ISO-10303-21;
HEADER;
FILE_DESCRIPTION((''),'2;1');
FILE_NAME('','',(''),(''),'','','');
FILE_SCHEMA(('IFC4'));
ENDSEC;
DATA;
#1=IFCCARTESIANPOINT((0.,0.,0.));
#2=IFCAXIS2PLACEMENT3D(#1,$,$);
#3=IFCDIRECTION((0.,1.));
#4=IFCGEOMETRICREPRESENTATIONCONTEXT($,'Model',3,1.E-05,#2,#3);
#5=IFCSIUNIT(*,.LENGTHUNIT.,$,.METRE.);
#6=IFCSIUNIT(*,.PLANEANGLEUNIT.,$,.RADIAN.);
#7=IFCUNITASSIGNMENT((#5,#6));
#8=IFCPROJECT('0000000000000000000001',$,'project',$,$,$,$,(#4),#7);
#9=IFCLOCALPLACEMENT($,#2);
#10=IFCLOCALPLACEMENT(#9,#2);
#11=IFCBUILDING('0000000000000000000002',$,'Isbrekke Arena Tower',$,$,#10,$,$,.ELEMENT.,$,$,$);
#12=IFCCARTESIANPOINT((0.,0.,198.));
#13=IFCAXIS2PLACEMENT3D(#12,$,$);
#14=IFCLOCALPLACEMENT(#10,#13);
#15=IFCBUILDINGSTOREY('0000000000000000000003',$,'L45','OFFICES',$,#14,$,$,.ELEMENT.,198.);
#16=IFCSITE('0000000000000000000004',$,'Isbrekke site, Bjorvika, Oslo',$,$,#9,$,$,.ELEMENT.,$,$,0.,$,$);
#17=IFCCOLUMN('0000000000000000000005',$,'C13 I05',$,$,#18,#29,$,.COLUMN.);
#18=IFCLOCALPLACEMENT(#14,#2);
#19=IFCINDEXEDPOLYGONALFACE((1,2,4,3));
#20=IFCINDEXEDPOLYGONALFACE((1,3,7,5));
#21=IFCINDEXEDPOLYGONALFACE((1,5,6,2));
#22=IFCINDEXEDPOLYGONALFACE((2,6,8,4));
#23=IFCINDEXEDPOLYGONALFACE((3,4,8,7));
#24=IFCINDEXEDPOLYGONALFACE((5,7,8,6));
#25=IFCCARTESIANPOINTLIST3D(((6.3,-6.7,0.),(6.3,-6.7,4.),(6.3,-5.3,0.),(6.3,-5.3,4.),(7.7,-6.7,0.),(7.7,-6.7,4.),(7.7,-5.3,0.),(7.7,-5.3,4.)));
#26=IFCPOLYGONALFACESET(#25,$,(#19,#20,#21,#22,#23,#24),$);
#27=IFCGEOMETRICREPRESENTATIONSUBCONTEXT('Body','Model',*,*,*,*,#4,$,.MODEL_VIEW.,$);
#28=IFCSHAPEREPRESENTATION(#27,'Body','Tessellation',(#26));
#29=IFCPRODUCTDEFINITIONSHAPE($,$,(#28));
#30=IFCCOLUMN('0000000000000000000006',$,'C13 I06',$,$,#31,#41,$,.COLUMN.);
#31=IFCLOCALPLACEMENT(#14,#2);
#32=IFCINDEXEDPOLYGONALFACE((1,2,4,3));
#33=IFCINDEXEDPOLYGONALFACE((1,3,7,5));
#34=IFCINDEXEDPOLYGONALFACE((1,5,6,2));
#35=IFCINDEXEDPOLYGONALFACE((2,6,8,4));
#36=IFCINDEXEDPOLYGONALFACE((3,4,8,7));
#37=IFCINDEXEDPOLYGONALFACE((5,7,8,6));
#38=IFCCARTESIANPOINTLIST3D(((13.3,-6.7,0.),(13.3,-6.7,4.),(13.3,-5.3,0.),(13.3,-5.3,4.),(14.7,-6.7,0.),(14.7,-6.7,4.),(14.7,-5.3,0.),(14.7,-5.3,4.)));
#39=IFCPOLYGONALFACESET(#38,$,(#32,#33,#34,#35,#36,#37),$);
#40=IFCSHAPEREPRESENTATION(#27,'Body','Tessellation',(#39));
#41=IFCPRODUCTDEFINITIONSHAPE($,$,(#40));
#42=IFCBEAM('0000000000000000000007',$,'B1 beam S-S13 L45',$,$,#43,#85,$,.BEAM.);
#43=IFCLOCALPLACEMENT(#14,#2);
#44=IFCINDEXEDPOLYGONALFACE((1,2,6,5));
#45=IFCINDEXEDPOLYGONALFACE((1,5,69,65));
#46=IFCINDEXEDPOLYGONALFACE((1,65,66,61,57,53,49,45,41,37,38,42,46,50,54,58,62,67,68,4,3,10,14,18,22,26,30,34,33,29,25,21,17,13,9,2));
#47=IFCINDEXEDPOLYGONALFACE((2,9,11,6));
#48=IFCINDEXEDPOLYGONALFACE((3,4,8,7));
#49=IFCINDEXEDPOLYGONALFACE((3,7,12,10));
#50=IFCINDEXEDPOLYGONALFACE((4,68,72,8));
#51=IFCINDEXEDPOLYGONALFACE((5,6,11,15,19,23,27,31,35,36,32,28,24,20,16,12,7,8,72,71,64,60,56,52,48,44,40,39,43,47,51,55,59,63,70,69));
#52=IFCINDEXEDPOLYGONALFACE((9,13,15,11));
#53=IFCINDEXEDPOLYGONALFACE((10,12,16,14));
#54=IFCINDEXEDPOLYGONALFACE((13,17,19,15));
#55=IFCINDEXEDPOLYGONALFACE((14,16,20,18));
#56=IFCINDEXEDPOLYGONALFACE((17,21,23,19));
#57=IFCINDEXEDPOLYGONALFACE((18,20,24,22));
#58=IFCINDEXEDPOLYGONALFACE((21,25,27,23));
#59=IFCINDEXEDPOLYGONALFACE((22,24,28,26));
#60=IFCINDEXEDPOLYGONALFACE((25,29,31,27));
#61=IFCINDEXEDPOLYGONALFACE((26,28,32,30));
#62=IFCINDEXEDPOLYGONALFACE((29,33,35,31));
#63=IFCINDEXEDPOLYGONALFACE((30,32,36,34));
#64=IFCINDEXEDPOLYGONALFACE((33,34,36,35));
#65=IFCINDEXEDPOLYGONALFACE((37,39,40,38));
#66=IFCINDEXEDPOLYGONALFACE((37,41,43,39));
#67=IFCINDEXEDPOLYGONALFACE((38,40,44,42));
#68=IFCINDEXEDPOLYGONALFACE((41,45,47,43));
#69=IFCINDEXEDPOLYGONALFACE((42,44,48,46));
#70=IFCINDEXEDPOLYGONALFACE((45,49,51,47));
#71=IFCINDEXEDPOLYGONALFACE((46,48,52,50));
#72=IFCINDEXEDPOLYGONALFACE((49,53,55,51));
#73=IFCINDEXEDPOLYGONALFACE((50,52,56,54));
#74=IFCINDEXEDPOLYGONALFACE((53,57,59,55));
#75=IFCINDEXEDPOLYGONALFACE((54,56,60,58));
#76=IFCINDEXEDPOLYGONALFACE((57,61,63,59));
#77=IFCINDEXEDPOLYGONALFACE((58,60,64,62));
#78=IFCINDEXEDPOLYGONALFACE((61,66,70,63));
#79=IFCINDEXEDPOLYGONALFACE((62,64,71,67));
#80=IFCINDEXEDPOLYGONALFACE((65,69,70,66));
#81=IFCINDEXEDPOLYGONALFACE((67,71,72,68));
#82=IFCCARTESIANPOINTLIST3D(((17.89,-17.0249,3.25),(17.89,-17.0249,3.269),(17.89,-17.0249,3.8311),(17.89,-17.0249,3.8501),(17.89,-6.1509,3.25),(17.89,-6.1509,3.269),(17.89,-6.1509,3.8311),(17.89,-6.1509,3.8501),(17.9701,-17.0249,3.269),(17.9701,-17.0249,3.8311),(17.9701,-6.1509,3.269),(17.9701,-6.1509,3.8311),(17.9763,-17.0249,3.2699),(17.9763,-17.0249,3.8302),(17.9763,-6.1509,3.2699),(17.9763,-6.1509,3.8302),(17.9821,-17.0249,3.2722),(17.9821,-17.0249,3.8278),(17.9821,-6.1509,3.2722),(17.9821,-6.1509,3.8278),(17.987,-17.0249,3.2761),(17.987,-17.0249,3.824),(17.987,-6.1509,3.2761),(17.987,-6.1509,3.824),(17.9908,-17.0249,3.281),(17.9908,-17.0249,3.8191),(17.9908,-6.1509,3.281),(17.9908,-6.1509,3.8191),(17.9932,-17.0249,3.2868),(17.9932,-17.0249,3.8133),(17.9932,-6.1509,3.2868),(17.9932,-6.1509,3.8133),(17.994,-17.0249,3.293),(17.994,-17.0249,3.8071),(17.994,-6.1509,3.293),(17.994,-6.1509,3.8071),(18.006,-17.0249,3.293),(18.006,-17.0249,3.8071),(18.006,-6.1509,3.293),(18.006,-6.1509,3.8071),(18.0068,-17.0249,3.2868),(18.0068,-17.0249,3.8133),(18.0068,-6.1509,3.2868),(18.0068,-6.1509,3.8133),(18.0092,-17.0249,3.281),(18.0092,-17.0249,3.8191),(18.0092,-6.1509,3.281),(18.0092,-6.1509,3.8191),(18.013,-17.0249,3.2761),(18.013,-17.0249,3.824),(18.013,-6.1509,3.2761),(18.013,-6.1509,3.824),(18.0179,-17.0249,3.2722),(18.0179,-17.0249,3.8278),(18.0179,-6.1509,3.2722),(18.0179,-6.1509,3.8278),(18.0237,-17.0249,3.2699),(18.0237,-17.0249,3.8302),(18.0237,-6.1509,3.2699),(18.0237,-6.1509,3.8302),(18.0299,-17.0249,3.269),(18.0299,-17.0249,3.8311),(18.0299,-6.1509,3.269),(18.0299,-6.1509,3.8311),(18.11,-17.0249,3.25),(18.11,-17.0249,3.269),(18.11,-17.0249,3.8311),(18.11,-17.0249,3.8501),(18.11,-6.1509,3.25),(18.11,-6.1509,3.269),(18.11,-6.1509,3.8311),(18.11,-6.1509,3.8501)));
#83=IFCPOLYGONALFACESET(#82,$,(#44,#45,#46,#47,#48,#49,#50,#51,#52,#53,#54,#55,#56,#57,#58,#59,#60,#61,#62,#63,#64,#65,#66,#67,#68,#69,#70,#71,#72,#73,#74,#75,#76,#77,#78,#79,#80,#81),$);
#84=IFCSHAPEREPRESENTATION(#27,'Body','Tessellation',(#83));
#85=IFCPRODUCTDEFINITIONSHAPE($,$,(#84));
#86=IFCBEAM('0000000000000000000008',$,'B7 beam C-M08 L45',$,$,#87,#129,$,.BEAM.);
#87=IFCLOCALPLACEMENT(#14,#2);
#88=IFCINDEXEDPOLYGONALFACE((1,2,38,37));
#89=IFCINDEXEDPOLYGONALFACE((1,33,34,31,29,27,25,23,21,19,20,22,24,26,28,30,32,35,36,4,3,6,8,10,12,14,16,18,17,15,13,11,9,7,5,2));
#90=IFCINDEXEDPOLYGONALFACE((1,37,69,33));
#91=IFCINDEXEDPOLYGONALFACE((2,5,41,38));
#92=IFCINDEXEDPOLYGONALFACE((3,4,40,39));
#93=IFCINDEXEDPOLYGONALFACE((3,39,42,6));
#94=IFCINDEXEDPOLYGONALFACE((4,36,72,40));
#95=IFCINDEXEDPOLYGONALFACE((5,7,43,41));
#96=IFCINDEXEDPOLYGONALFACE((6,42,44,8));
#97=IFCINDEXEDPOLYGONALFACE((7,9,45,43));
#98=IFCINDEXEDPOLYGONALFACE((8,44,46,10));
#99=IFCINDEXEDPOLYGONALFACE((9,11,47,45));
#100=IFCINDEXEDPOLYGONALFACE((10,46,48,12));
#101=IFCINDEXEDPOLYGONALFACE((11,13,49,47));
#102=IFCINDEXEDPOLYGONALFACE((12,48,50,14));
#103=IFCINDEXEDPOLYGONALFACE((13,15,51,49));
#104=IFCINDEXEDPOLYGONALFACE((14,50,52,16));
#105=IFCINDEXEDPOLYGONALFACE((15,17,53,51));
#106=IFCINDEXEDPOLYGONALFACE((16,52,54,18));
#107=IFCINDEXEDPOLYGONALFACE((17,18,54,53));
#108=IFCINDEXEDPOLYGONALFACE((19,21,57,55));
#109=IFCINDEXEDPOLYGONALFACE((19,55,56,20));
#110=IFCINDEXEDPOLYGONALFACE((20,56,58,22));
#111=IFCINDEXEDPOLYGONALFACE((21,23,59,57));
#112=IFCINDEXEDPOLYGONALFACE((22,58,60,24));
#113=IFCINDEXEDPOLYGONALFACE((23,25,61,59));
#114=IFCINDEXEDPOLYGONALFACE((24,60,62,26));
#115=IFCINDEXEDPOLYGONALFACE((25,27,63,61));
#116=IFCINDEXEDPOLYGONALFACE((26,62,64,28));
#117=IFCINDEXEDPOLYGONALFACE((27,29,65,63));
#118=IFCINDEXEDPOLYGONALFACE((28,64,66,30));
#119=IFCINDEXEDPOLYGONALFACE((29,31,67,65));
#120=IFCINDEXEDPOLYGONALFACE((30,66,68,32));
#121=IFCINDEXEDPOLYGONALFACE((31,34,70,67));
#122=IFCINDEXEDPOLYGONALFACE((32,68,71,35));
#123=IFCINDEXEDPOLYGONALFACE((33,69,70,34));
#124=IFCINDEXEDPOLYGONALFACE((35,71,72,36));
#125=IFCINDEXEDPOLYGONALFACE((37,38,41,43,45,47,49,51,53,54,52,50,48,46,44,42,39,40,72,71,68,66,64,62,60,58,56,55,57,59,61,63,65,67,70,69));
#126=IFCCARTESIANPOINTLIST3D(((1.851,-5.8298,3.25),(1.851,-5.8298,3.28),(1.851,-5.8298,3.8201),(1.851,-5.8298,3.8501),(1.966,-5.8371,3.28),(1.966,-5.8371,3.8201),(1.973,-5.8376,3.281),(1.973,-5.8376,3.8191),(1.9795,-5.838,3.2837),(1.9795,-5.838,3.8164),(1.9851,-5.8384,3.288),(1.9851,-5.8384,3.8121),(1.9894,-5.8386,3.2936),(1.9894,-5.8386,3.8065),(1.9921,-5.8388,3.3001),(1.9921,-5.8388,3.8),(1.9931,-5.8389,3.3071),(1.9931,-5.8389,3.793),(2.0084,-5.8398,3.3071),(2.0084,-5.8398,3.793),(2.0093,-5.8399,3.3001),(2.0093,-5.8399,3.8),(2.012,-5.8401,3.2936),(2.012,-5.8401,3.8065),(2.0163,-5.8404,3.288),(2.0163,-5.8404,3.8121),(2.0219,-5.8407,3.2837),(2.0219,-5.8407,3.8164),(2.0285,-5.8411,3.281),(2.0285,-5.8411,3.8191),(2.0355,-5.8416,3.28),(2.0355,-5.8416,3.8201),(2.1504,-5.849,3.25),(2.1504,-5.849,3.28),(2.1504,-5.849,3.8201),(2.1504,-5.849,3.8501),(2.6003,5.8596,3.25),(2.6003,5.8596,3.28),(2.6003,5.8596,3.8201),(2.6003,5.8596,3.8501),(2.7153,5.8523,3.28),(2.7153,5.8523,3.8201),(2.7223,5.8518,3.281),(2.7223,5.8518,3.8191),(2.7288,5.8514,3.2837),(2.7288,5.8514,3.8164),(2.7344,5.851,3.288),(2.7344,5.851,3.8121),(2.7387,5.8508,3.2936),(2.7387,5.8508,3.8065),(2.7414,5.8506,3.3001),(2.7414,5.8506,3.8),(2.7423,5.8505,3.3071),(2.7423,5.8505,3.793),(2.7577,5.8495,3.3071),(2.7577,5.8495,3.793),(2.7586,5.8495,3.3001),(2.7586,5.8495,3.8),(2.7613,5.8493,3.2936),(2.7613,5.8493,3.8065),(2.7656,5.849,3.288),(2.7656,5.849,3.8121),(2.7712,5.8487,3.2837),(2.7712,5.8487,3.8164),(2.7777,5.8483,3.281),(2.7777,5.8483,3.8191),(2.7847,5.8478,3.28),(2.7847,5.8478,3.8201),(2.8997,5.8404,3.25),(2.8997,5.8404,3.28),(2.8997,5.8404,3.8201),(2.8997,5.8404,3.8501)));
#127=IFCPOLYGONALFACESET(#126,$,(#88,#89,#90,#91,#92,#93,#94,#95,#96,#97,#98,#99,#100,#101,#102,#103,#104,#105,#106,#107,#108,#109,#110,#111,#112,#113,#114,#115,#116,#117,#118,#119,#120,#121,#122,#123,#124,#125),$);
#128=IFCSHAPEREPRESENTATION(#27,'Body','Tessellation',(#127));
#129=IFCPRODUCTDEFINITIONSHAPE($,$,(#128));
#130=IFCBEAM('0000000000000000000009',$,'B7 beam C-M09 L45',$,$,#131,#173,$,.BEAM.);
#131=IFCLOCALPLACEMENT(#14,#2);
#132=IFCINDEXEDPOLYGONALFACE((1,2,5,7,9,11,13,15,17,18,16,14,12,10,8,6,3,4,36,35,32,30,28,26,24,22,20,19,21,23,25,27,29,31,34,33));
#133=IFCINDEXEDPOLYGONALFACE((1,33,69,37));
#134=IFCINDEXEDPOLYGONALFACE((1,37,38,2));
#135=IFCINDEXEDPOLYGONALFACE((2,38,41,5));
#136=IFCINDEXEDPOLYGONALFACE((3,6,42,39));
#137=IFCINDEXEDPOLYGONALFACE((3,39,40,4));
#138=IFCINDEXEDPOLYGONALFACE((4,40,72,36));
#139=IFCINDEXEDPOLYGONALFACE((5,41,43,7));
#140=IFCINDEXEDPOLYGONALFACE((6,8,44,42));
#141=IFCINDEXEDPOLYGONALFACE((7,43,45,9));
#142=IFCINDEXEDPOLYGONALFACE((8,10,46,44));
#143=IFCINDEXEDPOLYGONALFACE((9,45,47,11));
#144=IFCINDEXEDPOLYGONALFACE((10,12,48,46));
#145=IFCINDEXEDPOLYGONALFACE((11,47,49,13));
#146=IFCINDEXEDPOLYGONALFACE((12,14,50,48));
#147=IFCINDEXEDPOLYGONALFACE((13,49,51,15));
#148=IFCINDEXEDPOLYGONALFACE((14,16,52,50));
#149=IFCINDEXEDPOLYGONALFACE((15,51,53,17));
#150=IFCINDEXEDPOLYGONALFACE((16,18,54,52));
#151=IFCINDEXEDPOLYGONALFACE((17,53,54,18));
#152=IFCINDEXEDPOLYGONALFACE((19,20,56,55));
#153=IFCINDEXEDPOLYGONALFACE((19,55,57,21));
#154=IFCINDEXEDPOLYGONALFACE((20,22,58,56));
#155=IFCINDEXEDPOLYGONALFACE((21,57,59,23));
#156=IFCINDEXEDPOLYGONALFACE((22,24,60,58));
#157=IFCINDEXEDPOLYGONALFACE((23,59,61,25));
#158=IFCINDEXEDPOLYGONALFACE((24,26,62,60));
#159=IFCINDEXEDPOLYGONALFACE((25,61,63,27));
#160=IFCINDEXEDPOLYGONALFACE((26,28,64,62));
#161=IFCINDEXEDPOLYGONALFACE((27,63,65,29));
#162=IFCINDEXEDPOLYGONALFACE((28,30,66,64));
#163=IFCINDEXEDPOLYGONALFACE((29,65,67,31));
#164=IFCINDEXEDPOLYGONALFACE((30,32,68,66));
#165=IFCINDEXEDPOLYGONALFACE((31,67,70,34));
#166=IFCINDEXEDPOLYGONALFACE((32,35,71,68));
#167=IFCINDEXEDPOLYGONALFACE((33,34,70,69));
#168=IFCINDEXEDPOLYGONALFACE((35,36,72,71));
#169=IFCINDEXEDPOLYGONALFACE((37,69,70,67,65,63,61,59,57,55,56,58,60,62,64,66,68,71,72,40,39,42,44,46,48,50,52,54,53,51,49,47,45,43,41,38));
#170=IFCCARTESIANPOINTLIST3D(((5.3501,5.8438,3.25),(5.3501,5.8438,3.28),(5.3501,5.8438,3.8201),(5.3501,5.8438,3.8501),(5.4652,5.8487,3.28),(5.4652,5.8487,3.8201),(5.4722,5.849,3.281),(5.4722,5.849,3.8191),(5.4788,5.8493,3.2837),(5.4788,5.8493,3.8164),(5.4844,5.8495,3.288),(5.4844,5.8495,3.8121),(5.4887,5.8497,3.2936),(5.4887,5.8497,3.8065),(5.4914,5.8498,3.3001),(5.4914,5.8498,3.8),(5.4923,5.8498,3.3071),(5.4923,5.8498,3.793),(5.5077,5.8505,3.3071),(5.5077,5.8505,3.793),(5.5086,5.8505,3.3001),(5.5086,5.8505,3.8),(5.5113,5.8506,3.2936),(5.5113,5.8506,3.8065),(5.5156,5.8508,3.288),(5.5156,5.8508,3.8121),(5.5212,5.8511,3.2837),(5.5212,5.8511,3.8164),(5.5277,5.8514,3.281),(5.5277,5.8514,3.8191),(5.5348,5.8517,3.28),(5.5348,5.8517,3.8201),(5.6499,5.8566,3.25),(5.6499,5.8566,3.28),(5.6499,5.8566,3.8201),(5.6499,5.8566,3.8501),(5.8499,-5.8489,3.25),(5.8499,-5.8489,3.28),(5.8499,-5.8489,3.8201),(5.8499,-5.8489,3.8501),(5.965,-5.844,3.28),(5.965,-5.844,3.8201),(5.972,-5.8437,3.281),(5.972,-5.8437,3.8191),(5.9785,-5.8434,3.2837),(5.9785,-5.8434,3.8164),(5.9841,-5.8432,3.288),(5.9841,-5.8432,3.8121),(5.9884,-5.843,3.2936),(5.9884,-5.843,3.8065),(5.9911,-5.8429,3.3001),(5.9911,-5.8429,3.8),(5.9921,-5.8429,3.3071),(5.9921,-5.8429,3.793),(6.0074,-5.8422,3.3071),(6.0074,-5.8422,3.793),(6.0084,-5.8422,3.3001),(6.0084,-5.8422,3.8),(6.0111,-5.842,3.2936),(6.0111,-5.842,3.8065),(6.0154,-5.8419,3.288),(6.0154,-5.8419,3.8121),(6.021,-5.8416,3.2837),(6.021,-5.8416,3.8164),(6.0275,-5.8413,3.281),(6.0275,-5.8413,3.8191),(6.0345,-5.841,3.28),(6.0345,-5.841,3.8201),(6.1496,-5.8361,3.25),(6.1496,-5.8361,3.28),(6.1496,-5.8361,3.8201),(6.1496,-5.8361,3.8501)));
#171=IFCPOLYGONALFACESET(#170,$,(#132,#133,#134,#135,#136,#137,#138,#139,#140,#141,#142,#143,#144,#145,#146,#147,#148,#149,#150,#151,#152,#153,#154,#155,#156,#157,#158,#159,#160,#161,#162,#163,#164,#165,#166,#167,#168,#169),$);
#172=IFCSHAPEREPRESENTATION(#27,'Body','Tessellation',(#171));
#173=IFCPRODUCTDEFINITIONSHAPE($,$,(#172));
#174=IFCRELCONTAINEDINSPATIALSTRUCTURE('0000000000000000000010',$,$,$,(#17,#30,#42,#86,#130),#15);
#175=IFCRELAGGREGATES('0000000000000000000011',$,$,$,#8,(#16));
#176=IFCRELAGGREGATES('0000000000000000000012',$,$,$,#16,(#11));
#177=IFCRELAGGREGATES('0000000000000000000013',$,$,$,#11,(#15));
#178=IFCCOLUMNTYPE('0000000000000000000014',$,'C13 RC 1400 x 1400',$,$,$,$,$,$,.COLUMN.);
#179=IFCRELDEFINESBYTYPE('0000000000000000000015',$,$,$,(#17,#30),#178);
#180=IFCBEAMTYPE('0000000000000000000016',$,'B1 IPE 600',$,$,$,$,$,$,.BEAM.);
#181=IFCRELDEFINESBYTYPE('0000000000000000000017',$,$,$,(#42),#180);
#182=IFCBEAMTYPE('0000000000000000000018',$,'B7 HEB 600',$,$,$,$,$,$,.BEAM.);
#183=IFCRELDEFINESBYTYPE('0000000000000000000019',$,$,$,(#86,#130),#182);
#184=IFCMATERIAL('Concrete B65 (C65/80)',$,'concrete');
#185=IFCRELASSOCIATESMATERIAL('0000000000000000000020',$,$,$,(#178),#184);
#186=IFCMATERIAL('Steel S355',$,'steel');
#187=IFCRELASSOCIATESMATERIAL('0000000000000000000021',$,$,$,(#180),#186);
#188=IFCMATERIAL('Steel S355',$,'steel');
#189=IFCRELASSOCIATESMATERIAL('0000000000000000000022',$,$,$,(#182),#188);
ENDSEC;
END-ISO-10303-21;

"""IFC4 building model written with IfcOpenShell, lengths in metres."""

from ifc_helpers import new_model, si_unit, direction, frame, origin, origin_2d, place, context, subcontext, project, spatial, rectangle, i_section, extrude, material, material_profile, profile_set, type_object, element, save


model = new_model("IFC4")

# Units and contexts
model_context = context("Model", 3, precision=1e-05, world=origin(), true_north=direction((0.0, 1.0)))
body_context = subcontext(model_context, "Body", "Model", "MODEL_VIEW")
ifc_project = project(units=[si_unit("LENGTHUNIT", "METRE"), si_unit("PLANEANGLEUNIT", "RADIAN")], contexts=[model_context])

# Site, building, storey
site_placement = place(None, origin())
site = spatial("IfcSite", under=ifc_project, at=site_placement, Name="Isbrekke site, Bjorvika, Oslo", CompositionType="ELEMENT", RefElevation=0.0)
building_placement = place(site_placement, origin())
building = spatial("IfcBuilding", under=site, at=building_placement, Name="Isbrekke Arena Tower", CompositionType="ELEMENT")
storey_placement = place(building_placement, frame((0.0, 0.0, 198.0)))
storey = spatial("IfcBuildingStorey", under=building, at=storey_placement, Name="L45", Description="OFFICES", CompositionType="ELEMENT", Elevation=198.0)

# Columns
ifc_material_1 = material(Name="Concrete B65 (C65/80)", Category="concrete")
ifc_material_profile_1 = material_profile(ifc_material_1, rectangle(XDim=1.3999, YDim=1.3999, at=origin_2d()), Name="RC 1400x1400")
ifc_profile_set_1 = profile_set([ifc_material_profile_1], Name="Concrete B65 (C65/80)")
column_type = type_object("IfcColumnType", Name="C13 RC 1400 x 1400", PredefinedType="COLUMN", material=ifc_profile_set_1)
for number, where, z_axis, x_axis, name in (
    (1, (7.0, -6.0, 0.0), (0.0, 0.0, 1.0), (1.0, 0.0, 0.0), "C13 I05"),
    (2, (14.0, -6.0, 0.0), (0.0, 0.0, 1.0), (1.0, 0.0, 0.0), "C13 I06"),
):
    element("IfcColumn", number, at=place(storey_placement, frame(where, z_axis=z_axis, x_axis=x_axis)), inside=storey, type_object=column_type, Name=name, PredefinedType="COLUMN", context=body_context, shape_type="SweptSolid", body=[
        extrude(rectangle(XDim=1.3999, YDim=1.3999, at=origin_2d()), origin(), (0.0, 0.0, 1.0), 4.0),
    ])

# Beams
ifc_material_2 = material(Name="Steel S355", Category="steel")
ifc_material_profile_2 = material_profile(ifc_material_2, i_section(OverallWidth=0.22, OverallDepth=0.6001, WebThickness=0.012, FlangeThickness=0.019, FilletRadius=0.0239, at=origin_2d()), Name="IPE 600")
ifc_profile_set_2 = profile_set([ifc_material_profile_2], Name="Steel S355")
beam_type_1 = type_object("IfcBeamType", Name="B1 IPE 600", PredefinedType="BEAM", material=ifc_profile_set_2)
beam_1_placement = place(storey_placement, frame((18.0, -17.0249, 3.55), z_axis=(0.0, 1.0, 0.0), x_axis=(-1.0, 0.0, 0.0)))
element("IfcBeam", 3, at=beam_1_placement, inside=storey, type_object=beam_type_1, Name="B1 beam S-S13 L45", PredefinedType="BEAM", context=body_context, shape_type="SweptSolid", body=[
    extrude(i_section(OverallWidth=0.22, OverallDepth=0.6001, WebThickness=0.012, FlangeThickness=0.019, FilletRadius=0.0239, at=origin_2d()), origin(), (0.0, 0.0, 1.0), 10.874),
])
ifc_material_3 = material(Name="Steel S355", Category="steel")
ifc_material_profile_3 = material_profile(ifc_material_3, i_section(OverallWidth=0.3, OverallDepth=0.6001, WebThickness=0.0154, FlangeThickness=0.03, FilletRadius=0.0271, at=origin_2d()), Name="HEB 600")
ifc_profile_set_3 = profile_set([ifc_material_profile_3], Name="Steel S355")
beam_type_2 = type_object("IfcBeamType", Name="B7 HEB 600", PredefinedType="BEAM", material=ifc_profile_set_3)
beam_2_placement = place(storey_placement, frame((2.0007, -5.8394, 3.55), z_axis=(0.063966, 0.997952, 0.0), x_axis=(-0.997952, 0.063966, 0.0)))
element("IfcBeam", 4, at=beam_2_placement, inside=storey, type_object=beam_type_2, Name="B7 beam C-M08 L45", PredefinedType="BEAM", context=body_context, shape_type="SweptSolid", body=[
    extrude(i_section(OverallWidth=0.3, OverallDepth=0.6001, WebThickness=0.0154, FlangeThickness=0.03, FilletRadius=0.0271, at=origin_2d()), origin(), (0.0, 0.0, 1.0), 11.7134),
])
beam_3_placement = place(storey_placement, frame((5.9998, -5.8425, 3.55), z_axis=(-0.042702, 0.999088, 0.0), x_axis=(-0.999088, -0.042702, 0.0)))
element("IfcBeam", 5, at=beam_3_placement, inside=storey, type_object=beam_type_2, Name="B7 beam C-M09 L45", PredefinedType="BEAM", context=body_context, shape_type="SweptSolid", body=[
    extrude(i_section(OverallWidth=0.3, OverallDepth=0.6001, WebThickness=0.0154, FlangeThickness=0.03, FilletRadius=0.0271, at=origin_2d()), origin(), (0.0, 0.0, 1.0), 11.7034),
])

save(model, "model.ifc")
